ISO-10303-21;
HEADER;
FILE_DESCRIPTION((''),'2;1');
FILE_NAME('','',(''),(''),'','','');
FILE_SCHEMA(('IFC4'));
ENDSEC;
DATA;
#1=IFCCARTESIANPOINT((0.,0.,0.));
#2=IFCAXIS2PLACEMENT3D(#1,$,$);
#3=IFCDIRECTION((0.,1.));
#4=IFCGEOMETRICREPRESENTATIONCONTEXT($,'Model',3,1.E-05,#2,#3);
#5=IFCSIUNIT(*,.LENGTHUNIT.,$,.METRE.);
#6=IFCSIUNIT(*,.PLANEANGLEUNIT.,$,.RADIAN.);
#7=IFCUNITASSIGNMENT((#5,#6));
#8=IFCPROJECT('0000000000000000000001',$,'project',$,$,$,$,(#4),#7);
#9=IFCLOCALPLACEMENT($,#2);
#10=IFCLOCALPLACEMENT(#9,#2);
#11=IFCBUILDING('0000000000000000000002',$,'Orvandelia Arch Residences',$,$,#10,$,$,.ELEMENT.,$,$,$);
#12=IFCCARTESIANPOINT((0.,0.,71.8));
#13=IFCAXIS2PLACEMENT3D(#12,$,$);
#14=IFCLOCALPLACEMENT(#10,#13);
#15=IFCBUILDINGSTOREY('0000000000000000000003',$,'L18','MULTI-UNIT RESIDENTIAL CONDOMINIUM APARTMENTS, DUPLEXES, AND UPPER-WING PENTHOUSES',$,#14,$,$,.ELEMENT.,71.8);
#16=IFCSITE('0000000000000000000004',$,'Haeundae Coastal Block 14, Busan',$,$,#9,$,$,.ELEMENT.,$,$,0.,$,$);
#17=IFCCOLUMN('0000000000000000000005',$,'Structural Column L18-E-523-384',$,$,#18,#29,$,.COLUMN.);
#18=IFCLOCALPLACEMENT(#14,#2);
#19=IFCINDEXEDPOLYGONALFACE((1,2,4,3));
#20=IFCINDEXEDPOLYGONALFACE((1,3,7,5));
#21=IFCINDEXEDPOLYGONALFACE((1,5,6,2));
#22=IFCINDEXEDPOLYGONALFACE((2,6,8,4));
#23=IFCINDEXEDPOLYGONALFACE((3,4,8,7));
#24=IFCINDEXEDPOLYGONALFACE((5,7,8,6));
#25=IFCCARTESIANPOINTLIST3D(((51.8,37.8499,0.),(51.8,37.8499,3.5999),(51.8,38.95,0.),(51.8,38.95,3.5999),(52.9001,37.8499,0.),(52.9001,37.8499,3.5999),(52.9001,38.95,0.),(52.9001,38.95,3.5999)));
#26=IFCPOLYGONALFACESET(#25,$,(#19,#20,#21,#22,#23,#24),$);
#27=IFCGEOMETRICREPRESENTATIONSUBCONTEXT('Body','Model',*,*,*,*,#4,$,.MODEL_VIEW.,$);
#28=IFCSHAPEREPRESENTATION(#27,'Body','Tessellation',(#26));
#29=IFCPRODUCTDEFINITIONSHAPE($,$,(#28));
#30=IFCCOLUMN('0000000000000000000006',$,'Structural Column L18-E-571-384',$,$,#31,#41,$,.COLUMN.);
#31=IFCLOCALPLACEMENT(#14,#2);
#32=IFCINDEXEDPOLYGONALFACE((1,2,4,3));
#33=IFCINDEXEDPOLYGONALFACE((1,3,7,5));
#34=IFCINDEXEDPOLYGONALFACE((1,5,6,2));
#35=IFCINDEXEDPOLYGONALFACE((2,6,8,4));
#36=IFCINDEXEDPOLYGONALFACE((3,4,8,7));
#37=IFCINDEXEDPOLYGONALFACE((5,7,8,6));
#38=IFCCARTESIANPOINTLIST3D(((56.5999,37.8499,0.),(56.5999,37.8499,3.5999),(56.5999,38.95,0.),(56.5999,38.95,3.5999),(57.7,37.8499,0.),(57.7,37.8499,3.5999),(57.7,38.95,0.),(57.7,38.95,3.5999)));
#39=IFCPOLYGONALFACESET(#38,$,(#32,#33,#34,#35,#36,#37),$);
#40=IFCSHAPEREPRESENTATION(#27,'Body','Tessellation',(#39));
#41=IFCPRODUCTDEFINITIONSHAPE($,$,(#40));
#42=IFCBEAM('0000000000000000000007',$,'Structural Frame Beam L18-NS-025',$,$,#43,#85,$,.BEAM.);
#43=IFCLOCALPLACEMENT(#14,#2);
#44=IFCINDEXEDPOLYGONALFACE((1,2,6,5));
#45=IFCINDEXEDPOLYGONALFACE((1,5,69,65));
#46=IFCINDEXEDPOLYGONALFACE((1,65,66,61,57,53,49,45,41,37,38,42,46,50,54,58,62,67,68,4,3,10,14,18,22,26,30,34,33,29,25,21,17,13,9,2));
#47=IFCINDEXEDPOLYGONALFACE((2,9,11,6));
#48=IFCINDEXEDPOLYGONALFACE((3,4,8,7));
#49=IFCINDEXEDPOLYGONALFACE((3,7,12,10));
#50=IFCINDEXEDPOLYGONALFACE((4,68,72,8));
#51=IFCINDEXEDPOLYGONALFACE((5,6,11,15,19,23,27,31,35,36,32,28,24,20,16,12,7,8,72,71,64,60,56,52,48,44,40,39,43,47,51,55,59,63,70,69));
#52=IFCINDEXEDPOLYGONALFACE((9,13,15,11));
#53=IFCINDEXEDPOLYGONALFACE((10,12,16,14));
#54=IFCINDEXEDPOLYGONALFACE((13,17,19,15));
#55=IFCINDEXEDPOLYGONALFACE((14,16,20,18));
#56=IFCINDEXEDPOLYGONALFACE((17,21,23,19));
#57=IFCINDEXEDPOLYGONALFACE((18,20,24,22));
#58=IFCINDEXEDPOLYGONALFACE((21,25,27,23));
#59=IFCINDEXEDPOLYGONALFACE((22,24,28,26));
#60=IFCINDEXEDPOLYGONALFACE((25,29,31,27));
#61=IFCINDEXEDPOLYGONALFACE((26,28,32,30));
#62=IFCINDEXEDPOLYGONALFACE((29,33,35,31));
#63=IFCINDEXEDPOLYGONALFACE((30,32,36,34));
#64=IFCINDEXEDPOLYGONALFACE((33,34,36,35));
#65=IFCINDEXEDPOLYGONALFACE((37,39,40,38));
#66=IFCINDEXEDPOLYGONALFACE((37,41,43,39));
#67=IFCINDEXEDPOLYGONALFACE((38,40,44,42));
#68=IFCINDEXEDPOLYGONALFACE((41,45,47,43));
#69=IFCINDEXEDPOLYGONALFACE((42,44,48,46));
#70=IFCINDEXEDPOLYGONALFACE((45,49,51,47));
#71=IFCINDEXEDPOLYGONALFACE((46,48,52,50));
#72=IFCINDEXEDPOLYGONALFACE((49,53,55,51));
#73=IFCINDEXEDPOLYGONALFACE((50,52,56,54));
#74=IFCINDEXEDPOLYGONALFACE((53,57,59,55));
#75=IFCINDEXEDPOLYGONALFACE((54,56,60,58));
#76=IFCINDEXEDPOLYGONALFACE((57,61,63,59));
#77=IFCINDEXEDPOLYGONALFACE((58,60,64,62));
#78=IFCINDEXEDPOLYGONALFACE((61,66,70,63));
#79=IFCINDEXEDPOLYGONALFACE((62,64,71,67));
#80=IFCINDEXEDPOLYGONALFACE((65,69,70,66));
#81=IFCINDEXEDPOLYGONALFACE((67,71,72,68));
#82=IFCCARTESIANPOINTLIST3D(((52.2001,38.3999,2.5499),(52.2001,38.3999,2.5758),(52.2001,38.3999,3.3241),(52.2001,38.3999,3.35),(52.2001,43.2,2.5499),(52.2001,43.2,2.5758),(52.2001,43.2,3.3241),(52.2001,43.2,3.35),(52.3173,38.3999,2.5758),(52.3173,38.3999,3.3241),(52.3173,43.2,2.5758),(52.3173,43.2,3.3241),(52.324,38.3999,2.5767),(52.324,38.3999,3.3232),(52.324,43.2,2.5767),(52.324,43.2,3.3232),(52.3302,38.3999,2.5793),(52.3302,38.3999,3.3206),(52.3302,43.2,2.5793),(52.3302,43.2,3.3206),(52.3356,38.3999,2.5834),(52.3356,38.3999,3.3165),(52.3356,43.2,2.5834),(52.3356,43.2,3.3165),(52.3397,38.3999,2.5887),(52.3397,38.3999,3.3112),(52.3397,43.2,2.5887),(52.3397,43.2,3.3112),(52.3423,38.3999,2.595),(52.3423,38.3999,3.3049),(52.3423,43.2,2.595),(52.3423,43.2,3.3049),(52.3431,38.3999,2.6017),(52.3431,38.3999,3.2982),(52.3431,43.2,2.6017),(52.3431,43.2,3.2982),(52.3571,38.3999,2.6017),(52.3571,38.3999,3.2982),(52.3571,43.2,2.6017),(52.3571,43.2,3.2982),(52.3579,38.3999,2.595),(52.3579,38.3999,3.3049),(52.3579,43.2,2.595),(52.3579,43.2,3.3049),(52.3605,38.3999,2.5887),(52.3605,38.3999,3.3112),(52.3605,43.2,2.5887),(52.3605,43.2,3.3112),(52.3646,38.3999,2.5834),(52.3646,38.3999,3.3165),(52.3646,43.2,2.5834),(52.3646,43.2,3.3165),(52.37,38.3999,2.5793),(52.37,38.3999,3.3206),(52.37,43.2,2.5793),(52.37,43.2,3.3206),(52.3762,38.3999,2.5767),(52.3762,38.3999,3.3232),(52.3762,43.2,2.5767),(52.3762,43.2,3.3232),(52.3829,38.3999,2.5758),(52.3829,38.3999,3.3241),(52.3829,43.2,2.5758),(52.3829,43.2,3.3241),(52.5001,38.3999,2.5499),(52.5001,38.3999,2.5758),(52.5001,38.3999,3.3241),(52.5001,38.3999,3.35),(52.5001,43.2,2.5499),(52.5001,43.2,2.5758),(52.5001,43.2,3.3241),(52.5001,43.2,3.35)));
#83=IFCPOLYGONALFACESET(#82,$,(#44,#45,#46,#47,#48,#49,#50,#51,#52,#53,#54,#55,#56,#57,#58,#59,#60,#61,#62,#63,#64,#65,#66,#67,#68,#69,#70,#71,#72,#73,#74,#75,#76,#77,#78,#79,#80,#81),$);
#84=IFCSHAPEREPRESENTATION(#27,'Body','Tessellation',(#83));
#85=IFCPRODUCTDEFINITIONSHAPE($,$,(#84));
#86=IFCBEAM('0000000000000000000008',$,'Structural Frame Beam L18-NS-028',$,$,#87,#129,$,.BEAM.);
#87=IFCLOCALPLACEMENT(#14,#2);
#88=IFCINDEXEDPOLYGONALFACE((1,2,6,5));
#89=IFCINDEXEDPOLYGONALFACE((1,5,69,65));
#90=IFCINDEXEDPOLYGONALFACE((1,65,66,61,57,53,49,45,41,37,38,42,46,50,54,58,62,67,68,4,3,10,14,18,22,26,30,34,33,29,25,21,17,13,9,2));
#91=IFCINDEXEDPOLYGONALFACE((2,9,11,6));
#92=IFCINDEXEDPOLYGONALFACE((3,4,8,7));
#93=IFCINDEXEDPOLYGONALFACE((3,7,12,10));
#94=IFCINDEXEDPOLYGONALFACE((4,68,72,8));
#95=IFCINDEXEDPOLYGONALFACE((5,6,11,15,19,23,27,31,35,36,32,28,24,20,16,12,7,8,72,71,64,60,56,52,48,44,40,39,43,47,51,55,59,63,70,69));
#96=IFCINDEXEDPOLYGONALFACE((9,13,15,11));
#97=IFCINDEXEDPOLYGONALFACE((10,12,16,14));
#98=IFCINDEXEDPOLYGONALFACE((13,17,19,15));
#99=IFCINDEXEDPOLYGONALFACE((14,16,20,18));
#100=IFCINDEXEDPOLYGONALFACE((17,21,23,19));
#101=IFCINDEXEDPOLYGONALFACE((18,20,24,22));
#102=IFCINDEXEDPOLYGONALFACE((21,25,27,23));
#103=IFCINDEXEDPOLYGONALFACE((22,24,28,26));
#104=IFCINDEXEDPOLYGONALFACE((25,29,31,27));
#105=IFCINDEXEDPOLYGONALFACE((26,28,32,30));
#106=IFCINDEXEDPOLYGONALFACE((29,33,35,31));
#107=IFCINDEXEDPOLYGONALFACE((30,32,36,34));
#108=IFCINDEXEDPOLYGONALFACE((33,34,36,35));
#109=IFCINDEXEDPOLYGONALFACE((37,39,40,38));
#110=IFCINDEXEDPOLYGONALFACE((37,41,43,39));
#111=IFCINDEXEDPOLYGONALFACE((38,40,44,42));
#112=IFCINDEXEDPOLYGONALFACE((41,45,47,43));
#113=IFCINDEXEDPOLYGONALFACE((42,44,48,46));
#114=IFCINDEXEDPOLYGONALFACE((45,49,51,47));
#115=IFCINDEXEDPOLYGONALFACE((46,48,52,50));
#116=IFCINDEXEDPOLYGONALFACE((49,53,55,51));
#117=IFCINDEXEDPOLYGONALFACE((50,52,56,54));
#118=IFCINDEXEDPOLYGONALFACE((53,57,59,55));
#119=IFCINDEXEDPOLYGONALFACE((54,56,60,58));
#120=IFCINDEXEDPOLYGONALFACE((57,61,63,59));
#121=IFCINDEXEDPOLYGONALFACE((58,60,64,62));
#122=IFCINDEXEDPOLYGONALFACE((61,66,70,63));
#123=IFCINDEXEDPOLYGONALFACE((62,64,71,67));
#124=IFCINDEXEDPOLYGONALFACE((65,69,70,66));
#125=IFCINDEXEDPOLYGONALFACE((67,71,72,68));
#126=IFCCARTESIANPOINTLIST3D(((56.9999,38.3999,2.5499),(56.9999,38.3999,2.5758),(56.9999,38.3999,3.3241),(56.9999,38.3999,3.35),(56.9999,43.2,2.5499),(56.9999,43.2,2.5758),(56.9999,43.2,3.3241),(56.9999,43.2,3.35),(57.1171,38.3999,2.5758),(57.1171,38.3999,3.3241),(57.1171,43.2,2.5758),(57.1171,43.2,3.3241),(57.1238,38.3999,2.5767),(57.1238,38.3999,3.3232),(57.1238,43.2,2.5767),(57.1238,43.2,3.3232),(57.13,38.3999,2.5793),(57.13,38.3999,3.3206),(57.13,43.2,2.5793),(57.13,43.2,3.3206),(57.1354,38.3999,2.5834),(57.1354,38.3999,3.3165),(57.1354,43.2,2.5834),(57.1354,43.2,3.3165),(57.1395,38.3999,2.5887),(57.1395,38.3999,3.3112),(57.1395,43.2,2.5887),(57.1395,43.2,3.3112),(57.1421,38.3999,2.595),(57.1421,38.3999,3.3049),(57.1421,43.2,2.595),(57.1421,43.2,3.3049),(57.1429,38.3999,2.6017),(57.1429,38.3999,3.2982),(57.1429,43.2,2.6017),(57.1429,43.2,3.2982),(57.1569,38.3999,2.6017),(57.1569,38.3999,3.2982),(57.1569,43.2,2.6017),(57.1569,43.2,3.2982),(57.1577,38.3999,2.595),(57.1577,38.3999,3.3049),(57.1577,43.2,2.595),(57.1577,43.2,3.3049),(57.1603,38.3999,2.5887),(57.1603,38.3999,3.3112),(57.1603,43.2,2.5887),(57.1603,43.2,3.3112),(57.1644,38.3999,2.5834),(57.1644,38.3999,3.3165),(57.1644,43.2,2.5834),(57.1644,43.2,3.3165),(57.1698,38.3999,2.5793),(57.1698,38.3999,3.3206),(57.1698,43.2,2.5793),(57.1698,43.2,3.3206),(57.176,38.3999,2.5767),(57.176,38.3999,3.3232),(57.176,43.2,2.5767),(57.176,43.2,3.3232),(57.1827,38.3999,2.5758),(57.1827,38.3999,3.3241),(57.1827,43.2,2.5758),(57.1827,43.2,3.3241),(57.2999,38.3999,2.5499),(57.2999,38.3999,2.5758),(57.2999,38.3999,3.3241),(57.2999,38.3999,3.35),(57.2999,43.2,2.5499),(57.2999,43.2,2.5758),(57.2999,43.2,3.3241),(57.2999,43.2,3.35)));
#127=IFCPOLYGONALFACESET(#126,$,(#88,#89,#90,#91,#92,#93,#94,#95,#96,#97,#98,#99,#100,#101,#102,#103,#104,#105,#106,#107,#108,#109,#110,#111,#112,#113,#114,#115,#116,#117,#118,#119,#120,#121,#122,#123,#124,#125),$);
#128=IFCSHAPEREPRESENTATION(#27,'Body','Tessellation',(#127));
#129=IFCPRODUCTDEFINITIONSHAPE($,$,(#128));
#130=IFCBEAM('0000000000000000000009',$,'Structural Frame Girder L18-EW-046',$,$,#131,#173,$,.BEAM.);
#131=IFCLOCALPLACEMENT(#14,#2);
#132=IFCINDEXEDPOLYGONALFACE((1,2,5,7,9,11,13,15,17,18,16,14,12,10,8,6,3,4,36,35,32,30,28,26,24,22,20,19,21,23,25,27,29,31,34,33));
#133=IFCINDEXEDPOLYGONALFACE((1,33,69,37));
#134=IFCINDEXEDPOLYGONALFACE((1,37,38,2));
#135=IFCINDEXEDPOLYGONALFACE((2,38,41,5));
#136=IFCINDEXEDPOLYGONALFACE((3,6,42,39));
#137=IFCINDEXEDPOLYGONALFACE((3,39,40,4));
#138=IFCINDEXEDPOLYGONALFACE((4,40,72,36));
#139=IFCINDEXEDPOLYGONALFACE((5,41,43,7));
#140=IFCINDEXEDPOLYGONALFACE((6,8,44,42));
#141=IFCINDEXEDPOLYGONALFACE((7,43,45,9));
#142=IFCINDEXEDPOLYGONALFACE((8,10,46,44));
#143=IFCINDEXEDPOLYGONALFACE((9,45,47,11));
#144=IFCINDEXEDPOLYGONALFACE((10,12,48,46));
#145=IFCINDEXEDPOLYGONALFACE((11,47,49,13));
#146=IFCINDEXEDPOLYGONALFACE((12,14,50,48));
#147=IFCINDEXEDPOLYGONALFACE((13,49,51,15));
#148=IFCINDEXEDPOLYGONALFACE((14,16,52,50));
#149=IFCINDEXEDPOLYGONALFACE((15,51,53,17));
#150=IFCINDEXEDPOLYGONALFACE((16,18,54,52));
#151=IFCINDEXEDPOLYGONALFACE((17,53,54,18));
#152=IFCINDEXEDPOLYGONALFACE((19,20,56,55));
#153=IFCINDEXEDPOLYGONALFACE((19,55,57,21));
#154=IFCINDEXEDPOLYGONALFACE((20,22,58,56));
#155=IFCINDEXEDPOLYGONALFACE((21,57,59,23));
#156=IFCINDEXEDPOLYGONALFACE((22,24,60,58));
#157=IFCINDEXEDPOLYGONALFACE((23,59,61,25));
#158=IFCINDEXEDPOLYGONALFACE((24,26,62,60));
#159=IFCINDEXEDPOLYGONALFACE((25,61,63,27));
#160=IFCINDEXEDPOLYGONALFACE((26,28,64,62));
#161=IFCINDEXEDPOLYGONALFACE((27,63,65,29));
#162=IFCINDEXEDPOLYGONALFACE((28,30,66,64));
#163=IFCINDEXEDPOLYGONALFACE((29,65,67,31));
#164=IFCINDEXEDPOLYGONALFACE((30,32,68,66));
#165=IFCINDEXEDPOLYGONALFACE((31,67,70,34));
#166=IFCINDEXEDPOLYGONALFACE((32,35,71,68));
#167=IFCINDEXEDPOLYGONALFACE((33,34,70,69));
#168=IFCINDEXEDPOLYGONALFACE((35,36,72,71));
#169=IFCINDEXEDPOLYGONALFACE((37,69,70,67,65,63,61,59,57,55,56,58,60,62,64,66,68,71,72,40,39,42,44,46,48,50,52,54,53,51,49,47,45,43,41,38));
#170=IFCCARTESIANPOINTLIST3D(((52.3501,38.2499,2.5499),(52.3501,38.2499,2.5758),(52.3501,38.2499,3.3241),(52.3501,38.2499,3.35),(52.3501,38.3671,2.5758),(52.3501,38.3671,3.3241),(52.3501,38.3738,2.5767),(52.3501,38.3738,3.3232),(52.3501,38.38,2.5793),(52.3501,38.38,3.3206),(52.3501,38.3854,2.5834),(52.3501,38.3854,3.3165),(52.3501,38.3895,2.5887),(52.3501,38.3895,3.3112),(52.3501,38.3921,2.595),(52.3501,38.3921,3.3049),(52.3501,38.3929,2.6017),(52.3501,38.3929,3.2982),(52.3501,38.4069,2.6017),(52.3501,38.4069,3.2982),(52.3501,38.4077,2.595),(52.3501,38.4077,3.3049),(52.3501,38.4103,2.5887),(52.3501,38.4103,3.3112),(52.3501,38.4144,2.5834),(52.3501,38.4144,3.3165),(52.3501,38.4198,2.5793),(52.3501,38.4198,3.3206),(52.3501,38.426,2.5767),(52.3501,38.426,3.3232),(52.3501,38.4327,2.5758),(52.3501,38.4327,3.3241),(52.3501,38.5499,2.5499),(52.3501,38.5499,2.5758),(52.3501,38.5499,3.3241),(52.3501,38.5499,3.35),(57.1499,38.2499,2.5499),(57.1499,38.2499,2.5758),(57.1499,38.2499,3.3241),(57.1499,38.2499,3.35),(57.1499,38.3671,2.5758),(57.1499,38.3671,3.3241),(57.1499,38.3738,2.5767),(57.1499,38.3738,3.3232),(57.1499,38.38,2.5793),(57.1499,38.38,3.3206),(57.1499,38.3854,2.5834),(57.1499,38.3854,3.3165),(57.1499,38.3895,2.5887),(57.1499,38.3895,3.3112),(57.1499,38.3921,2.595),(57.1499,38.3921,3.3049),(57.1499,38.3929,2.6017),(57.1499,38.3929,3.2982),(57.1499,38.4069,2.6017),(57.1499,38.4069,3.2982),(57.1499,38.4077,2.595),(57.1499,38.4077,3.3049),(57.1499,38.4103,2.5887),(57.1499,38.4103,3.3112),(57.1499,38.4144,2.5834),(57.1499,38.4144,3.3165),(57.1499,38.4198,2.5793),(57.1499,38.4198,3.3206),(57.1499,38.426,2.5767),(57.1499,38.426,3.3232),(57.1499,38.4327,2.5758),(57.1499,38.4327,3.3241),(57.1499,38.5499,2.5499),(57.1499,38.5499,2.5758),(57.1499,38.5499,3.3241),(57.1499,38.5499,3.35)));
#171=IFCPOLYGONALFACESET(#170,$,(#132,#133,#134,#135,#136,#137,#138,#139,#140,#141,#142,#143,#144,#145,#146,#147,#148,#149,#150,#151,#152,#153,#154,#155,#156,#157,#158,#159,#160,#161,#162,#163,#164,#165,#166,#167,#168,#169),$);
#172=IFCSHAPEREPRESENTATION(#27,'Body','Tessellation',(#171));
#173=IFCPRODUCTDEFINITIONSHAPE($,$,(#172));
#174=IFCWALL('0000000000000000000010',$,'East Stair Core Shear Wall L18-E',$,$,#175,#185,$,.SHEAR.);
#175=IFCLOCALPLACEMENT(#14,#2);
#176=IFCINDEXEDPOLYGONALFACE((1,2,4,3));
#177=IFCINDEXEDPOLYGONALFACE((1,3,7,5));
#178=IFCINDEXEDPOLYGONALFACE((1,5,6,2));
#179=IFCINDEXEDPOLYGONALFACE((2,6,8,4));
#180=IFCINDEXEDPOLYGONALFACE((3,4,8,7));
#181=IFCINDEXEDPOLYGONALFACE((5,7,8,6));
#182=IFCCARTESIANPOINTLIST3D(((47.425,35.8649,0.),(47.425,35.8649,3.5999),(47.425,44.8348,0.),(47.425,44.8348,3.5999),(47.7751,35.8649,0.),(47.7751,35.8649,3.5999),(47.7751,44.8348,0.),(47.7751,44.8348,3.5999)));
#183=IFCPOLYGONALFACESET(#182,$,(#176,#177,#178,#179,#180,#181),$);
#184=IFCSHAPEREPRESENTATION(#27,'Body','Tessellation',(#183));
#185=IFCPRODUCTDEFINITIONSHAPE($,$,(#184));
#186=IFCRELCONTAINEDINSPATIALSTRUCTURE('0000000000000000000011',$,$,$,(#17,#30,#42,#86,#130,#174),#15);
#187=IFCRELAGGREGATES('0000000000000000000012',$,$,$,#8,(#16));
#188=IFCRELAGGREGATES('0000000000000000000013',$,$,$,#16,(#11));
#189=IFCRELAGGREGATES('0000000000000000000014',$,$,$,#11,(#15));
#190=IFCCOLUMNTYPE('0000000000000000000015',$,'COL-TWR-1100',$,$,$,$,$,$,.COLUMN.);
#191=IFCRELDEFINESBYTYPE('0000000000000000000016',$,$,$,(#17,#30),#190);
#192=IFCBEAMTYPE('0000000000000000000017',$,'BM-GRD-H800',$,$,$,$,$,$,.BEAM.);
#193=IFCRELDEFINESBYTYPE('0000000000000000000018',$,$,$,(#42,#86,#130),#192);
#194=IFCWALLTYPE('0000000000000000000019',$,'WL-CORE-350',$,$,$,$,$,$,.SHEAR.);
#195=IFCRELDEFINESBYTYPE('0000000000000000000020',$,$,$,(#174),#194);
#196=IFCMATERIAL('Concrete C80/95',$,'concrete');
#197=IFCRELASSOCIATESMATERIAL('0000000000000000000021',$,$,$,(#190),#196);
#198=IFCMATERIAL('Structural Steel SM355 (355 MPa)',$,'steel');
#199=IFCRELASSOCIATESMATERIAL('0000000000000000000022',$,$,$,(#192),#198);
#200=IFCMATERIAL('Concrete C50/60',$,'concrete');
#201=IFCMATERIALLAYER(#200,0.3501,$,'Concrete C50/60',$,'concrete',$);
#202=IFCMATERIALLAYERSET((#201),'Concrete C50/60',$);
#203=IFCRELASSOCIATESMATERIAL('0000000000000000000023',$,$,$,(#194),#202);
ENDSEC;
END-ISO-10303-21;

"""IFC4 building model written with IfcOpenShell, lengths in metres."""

from ifc_helpers import new_model, si_unit, direction, frame, frame_2d, origin, origin_2d, place, context, subcontext, project, spatial, rectangle, i_section, extrude, material, layer, layer_set, material_profile, profile_set, type_object, element, save


model = new_model("IFC4")

# Units and contexts
model_context = context("Model", 3, precision=1e-05, world=origin(), true_north=direction((0.0, 1.0)))
body_context = subcontext(model_context, "Body", "Model", "MODEL_VIEW")
ifc_project = project(units=[si_unit("LENGTHUNIT", "METRE"), si_unit("PLANEANGLEUNIT", "RADIAN")], contexts=[model_context])

# Site, building, storey
site_placement = place(None, origin())
site = spatial("IfcSite", under=ifc_project, at=site_placement, Name="Haeundae Coastal Block 14, Busan", CompositionType="ELEMENT", RefElevation=0.0)
building_placement = place(site_placement, origin())
building = spatial("IfcBuilding", under=site, at=building_placement, Name="Orvandelia Arch Residences", CompositionType="ELEMENT")
storey_placement = place(building_placement, frame((0.0, 0.0, 71.8)))
storey = spatial("IfcBuildingStorey", under=building, at=storey_placement, Name="L18", Description="MULTI-UNIT RESIDENTIAL CONDOMINIUM APARTMENTS, DUPLEXES, AND UPPER-WING PENTHOUSES", CompositionType="ELEMENT", Elevation=71.8)

# Columns
ifc_material_1 = material(Name="Concrete C80/95", Category="concrete")
ifc_material_profile_1 = material_profile(ifc_material_1, rectangle(XDim=1.1001, YDim=1.1001, at=origin_2d()), Name="Concrete C80/95", Category="concrete")
ifc_profile_set_1 = profile_set([ifc_material_profile_1], Name="Concrete C80/95")
column_type = type_object("IfcColumnType", Name="COL-TWR-1100", PredefinedType="COLUMN", material=ifc_profile_set_1)
for number, where, z_axis, x_axis, name in (
    (1, (52.3501, 38.3999, 0.0), (0.0, 0.0, 1.0), (1.0, 0.0, 0.0), "Structural Column L18-E-523-384"),
    (2, (57.1499, 38.3999, 0.0), (0.0, 0.0, 1.0), (1.0, 0.0, 0.0), "Structural Column L18-E-571-384"),
):
    element("IfcColumn", number, at=place(storey_placement, frame(where, z_axis=z_axis, x_axis=x_axis)), inside=storey, type_object=column_type, Name=name, PredefinedType="COLUMN", context=body_context, shape_type="SweptSolid", body=[
        extrude(rectangle(XDim=1.1001, YDim=1.1001, at=origin_2d()), origin(), (0.0, 0.0, 1.0), 3.5999),
    ])

# Beams
ifc_material_2 = material(Name="Structural Steel SM355 (355 MPa)", Category="steel")
ifc_material_profile_2 = material_profile(ifc_material_2, i_section(OverallWidth=0.3, OverallDepth=0.8, WebThickness=0.0139, FlangeThickness=0.0259, FilletRadius=0.0259, at=origin_2d()), Name="Structural Steel SM355 (355 MPa)", Category="steel")
ifc_profile_set_2 = profile_set([ifc_material_profile_2], Name="Structural Steel SM355 (355 MPa)")
beam_type = type_object("IfcBeamType", Name="BM-GRD-H800", PredefinedType="BEAM", material=ifc_profile_set_2)
for number, where, z_axis, x_axis, name in (
    (3, (52.3501, 38.3999, 2.95), (0.0, 1.0, 0.0), (-1.0, 0.0, 0.0), "Structural Frame Beam L18-NS-025"),
    (4, (57.1499, 38.3999, 2.95), (0.0, 1.0, 0.0), (-1.0, 0.0, 0.0), "Structural Frame Beam L18-NS-028"),
):
    element("IfcBeam", number, at=place(storey_placement, frame(where, z_axis=z_axis, x_axis=x_axis)), inside=storey, type_object=beam_type, Name=name, PredefinedType="BEAM", context=body_context, shape_type="SweptSolid", body=[
        extrude(i_section(OverallWidth=0.3, OverallDepth=0.8, WebThickness=0.0139, FlangeThickness=0.0259, FilletRadius=0.0259, at=origin_2d()), origin(), (0.0, 0.0, 1.0), 4.8),
    ])
beam_placement = place(storey_placement, frame((52.3501, 38.3999, 2.95), z_axis=(1.0, 0.0, 0.0), x_axis=(0.0, 1.0, 0.0)))
element("IfcBeam", 5, at=beam_placement, inside=storey, type_object=beam_type, Name="Structural Frame Girder L18-EW-046", PredefinedType="BEAM", context=body_context, shape_type="SweptSolid", body=[
    extrude(i_section(OverallWidth=0.3, OverallDepth=0.8, WebThickness=0.0139, FlangeThickness=0.0259, FilletRadius=0.0259, at=origin_2d()), origin(), (0.0, 0.0, 1.0), 4.7998),
])

# Wall
ifc_material_3 = material(Name="Concrete C50/60", Category="concrete")
ifc_layer_1 = layer(ifc_material_3, 0.3501, Name="Concrete C50/60", Category="concrete")
ifc_layer_set_1 = layer_set([ifc_layer_1], Name="Concrete C50/60")
wall_type_1 = type_object("IfcWallType", Name="WL-CORE-350", PredefinedType="SHEAR", material=ifc_layer_set_1)
wall_1_placement = place(storey_placement, frame((47.6001, 35.865, 0.0), z_axis=(0.0, 0.0, 1.0), x_axis=(0.0, 1.0, 0.0)))
element("IfcWall", 6, at=wall_1_placement, inside=storey, type_object=wall_type_1, Name="East Stair Core Shear Wall L18-E", PredefinedType="SHEAR", context=body_context, shape_type="SweptSolid", body=[
    extrude(rectangle(XDim=8.97, YDim=0.3501, at=frame_2d((4.4849, 0.0))), origin(), (0.0, 0.0, 1.0), 3.5999),
])

save(model, "model.ifc")
